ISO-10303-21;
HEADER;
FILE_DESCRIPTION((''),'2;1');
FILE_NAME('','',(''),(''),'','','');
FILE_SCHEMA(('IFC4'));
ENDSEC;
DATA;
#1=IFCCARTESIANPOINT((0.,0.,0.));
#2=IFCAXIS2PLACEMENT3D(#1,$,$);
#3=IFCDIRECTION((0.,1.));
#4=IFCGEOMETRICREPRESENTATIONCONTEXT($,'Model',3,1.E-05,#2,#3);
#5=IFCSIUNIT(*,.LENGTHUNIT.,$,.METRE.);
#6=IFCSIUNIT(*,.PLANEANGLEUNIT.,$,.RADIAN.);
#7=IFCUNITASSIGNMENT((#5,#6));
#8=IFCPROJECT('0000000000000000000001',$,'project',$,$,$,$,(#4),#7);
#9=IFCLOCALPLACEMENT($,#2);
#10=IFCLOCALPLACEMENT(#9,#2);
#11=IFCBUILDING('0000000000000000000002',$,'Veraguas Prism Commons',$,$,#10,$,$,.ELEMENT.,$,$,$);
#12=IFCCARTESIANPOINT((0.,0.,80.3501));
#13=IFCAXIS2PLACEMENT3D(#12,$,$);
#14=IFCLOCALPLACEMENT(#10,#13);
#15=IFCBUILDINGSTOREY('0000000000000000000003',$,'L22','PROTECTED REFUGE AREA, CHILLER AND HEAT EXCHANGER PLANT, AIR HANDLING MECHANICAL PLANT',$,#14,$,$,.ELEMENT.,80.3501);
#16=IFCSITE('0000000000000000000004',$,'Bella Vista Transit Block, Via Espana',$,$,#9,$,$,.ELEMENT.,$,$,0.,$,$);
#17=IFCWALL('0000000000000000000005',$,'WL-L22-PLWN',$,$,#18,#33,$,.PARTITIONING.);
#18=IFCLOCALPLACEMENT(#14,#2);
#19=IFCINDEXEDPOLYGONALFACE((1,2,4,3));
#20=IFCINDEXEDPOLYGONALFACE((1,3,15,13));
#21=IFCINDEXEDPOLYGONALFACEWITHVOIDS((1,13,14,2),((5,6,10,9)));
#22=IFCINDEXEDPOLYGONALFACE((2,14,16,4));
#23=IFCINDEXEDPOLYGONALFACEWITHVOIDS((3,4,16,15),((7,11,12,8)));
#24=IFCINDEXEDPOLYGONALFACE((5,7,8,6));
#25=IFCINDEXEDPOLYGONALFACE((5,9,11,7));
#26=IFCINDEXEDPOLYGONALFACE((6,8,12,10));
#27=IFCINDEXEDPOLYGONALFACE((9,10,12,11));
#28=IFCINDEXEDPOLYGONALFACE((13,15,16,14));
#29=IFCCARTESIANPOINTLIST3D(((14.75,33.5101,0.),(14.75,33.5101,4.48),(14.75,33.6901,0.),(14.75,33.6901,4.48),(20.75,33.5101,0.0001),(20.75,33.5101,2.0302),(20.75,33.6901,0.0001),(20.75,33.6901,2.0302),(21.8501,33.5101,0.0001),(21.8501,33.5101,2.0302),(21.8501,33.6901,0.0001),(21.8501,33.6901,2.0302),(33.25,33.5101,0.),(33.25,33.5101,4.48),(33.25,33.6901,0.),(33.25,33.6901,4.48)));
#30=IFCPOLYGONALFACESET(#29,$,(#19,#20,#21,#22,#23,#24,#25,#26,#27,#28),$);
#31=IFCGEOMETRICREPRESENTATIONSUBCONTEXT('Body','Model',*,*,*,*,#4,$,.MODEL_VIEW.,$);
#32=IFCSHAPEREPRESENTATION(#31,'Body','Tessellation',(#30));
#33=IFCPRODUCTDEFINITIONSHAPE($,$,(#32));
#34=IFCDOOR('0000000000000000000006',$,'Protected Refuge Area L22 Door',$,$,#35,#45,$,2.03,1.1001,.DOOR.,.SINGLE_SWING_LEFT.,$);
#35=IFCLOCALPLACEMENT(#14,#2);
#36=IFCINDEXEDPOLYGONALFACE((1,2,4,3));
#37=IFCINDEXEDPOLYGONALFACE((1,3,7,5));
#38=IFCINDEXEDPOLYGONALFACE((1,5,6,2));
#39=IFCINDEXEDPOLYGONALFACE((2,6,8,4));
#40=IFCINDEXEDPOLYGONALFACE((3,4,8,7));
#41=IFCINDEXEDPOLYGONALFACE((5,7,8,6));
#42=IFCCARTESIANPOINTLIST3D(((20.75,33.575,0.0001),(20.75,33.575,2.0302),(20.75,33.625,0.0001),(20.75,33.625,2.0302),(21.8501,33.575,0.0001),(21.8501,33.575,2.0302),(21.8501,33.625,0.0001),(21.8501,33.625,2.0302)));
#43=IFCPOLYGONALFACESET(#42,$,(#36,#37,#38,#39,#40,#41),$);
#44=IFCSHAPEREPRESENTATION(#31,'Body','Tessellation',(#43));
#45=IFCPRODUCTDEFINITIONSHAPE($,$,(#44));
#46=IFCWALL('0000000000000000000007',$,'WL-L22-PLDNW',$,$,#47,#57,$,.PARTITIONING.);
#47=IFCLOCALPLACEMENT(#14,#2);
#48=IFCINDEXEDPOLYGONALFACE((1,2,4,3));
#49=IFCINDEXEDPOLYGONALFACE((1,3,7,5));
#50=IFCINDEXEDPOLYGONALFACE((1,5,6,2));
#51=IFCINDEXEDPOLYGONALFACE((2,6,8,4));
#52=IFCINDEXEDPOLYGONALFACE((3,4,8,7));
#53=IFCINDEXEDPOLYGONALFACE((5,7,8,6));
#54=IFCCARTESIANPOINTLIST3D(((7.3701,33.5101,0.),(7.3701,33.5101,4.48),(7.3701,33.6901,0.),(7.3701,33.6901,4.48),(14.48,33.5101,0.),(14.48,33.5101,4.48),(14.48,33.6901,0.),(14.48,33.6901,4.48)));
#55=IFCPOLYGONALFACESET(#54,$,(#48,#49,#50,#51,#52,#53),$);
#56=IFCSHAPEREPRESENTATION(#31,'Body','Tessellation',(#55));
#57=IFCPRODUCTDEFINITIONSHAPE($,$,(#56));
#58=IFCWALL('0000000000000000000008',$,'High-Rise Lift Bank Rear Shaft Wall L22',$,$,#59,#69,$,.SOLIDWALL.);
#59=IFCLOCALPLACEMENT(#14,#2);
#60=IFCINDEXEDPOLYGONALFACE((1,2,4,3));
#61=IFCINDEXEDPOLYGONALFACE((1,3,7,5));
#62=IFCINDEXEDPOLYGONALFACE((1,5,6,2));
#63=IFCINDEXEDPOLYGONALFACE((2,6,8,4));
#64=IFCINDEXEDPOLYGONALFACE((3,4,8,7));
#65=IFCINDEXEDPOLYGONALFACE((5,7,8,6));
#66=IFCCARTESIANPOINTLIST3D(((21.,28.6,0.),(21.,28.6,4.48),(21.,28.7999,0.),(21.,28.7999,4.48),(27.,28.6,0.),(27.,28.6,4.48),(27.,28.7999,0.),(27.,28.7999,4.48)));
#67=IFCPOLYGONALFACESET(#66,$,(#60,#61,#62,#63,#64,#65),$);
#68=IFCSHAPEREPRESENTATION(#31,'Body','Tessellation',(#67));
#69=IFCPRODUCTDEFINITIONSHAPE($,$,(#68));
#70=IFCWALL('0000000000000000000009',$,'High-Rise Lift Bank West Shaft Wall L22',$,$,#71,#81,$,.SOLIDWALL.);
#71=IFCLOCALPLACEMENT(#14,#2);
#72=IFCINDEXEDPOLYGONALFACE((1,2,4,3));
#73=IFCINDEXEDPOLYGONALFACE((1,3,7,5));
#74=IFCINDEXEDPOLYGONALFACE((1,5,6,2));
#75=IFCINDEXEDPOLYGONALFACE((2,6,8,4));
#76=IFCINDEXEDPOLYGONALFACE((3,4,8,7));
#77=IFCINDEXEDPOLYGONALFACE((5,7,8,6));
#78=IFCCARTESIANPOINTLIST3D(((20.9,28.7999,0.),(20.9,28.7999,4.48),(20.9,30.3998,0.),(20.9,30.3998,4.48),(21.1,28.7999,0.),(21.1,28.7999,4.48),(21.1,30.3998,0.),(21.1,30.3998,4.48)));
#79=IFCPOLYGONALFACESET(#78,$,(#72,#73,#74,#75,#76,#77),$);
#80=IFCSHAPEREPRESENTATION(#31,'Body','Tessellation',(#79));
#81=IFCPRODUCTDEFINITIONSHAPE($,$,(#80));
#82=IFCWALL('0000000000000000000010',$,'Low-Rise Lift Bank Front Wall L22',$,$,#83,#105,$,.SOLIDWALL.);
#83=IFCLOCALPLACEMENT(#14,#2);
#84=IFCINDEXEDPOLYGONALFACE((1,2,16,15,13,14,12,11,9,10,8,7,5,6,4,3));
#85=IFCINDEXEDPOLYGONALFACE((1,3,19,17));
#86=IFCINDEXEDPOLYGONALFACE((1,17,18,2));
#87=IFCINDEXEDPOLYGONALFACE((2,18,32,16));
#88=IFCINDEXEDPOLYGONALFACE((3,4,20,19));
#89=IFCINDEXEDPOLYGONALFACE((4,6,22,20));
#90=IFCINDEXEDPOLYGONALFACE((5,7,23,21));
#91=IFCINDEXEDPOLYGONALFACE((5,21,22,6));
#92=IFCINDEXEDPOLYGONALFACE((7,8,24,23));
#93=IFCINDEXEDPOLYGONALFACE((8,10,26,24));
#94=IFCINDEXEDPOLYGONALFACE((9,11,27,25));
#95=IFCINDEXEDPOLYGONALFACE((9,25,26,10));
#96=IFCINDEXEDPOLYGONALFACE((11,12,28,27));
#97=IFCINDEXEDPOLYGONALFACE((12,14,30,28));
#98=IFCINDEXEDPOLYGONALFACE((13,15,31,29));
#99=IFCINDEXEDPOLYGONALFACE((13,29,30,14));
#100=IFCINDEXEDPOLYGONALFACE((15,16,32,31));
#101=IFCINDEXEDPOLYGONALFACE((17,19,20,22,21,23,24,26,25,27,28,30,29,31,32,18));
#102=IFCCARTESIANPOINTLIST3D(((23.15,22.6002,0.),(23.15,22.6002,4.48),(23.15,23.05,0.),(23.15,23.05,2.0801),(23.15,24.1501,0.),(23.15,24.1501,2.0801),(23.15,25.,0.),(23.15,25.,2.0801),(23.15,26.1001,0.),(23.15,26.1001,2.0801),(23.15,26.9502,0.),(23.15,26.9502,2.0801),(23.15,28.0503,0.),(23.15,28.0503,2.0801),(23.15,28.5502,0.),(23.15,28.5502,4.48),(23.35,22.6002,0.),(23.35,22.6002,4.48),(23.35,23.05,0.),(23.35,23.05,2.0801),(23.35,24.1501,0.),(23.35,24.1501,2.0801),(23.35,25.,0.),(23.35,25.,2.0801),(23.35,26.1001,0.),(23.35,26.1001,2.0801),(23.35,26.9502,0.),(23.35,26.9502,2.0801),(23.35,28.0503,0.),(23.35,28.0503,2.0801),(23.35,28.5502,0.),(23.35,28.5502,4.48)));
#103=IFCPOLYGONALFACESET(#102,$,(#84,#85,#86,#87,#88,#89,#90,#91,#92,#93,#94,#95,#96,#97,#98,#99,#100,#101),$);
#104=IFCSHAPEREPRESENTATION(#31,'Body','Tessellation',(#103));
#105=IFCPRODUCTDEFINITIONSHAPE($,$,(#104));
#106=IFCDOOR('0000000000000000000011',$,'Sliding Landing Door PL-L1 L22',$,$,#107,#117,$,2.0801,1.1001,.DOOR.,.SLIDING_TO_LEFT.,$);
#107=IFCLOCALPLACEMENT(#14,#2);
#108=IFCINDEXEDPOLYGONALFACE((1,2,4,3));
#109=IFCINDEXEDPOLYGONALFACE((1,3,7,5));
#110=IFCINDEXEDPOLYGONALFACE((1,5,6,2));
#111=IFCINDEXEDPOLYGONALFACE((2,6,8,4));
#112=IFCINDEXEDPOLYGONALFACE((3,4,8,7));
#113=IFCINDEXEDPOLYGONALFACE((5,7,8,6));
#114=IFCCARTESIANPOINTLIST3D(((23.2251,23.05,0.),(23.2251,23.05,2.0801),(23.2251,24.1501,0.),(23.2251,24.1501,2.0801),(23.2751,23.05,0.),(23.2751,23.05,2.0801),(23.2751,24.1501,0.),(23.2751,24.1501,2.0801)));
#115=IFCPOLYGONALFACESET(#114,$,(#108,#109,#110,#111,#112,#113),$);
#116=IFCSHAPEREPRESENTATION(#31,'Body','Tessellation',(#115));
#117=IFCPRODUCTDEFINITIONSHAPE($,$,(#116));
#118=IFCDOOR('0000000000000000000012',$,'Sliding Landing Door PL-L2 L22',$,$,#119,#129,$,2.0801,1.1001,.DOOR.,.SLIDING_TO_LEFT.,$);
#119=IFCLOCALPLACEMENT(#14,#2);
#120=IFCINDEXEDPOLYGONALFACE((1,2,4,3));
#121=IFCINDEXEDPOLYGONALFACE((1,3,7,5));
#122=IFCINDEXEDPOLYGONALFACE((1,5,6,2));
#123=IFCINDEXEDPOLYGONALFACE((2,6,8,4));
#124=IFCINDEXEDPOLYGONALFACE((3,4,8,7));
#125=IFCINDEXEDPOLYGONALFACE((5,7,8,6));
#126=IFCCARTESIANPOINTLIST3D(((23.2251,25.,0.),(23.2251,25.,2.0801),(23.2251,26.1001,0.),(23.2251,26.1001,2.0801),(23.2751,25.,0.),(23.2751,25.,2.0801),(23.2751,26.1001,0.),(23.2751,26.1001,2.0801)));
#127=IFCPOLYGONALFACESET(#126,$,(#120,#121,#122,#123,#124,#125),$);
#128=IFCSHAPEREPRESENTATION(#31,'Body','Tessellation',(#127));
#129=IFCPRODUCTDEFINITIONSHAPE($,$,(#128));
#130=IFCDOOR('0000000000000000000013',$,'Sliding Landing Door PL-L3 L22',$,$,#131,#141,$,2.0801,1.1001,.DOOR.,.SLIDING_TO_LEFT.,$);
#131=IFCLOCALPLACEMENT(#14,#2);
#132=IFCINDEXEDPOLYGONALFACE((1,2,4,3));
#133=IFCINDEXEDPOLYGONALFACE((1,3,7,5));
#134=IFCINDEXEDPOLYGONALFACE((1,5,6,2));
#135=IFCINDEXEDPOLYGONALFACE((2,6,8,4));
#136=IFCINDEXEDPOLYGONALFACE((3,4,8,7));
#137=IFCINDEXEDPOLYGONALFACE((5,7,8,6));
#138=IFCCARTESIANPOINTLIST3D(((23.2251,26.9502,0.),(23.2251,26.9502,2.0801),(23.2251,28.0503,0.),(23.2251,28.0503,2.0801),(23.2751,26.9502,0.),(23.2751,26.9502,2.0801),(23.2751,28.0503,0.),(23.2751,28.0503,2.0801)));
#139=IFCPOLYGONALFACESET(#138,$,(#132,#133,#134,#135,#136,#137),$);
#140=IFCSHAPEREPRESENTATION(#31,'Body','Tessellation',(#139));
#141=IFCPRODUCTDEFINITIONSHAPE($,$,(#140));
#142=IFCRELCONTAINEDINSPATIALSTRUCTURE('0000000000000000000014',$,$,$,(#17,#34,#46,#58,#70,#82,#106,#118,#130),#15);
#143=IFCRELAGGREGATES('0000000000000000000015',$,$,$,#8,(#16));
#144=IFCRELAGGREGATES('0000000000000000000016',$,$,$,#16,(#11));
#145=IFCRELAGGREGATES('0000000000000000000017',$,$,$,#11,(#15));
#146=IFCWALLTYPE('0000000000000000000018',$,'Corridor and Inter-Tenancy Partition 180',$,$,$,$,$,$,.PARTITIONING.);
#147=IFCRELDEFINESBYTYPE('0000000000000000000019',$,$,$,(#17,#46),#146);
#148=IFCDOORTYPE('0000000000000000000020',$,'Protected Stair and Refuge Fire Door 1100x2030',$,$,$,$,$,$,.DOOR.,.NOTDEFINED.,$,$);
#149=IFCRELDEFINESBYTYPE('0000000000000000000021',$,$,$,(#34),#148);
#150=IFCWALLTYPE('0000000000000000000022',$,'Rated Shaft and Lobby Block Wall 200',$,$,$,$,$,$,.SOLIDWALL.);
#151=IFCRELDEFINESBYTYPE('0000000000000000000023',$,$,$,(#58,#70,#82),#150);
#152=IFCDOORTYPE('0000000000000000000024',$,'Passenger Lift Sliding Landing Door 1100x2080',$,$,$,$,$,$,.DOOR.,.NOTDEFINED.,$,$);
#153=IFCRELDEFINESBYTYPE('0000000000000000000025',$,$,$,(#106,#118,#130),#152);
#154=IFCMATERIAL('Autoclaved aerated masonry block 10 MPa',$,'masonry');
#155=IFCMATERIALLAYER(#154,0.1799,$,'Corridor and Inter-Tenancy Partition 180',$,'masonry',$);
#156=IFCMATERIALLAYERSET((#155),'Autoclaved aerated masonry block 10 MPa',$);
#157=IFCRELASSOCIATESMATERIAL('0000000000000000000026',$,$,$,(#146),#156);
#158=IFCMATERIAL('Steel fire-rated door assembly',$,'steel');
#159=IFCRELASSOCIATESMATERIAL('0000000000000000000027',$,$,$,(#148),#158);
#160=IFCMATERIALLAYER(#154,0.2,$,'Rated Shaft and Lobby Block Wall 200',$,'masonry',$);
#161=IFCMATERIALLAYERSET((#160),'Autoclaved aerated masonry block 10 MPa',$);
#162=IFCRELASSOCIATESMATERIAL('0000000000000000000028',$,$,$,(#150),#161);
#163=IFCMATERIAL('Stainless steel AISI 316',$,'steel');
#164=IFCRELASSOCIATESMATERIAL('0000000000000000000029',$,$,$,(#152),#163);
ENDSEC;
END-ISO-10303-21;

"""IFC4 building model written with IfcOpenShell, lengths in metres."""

from ifc_helpers import new_model, si_unit, direction, frame, frame_2d, origin, place, context, subcontext, project, spatial, rectangle, extrude, source, transform, mapped, material, layer, layer_set, type_object, element, fill, save


model = new_model("IFC4")

# Units and contexts
model_context = context("Model", 3, precision=1e-05, world=origin(), true_north=direction((0.0, 1.0)))
body_context = subcontext(model_context, "Body", "Model", "MODEL_VIEW")
ifc_project = project(units=[si_unit("LENGTHUNIT", "METRE"), si_unit("PLANEANGLEUNIT", "RADIAN")], contexts=[model_context])

# Site, building, storey
site_placement = place(None, origin())
site = spatial("IfcSite", under=ifc_project, at=site_placement, Name="Bella Vista Transit Block, Via Espana", CompositionType="ELEMENT", RefElevation=0.0)
building_placement = place(site_placement, origin())
building = spatial("IfcBuilding", under=site, at=building_placement, Name="Veraguas Prism Commons", CompositionType="ELEMENT")
storey_placement = place(building_placement, frame((0.0, 0.0, 80.3501)))
storey = spatial("IfcBuildingStorey", under=building, at=storey_placement, Name="L22", Description="PROTECTED REFUGE AREA, CHILLER AND HEAT EXCHANGER PLANT, AIR HANDLING MECHANICAL PLANT", CompositionType="ELEMENT", Elevation=80.3501)

# Wall, opening, door
ifc_material_1 = material(Name="Autoclaved aerated masonry block 10 MPa", Category="masonry")
ifc_layer_1 = layer(ifc_material_1, 0.1799, Name="Corridor and Inter-Tenancy Partition 180", Category="masonry")
ifc_layer_set_1 = layer_set([ifc_layer_1], Name="Autoclaved aerated masonry block 10 MPa")
wall_type_1 = type_object("IfcWallType", Name="Corridor and Inter-Tenancy Partition 180", PredefinedType="PARTITIONING", material=ifc_layer_set_1)
wall_1_placement = place(storey_placement, frame((14.75, 33.6001, 0.0), z_axis=(0.0, 0.0, 1.0), x_axis=(1.0, 0.0, 0.0)))
wall_1 = element("IfcWall", 1, at=wall_1_placement, inside=storey, type_object=wall_type_1, Name="WL-L22-PLWN", PredefinedType="PARTITIONING", context=body_context, shape_type="SweptSolid", body=[
    extrude(rectangle(XDim=18.5, YDim=0.1799, at=frame_2d((9.25, 0.0))), origin(), (0.0, 0.0, 1.0), 4.48),
])
opening_1_placement = place(wall_1_placement, frame((6.0, 0.0, 0.0)))
opening_1 = element("IfcOpeningElement", 2, at=opening_1_placement, cuts=wall_1, PredefinedType="OPENING", context=body_context, shape_type="SweptSolid", body=[
    extrude(rectangle(XDim=1.1001, YDim=2.03, at=frame_2d((0.55, 1.0151))), frame((0.0, 0.0999, 0.0), z_axis=(0.0, -1.0, 0.0), x_axis=(1.0, 0.0, 0.0)), (0.0, 0.0, 1.0), 0.2),
])
ifc_material_2 = material(Name="Steel fire-rated door assembly", Category="steel")
door_type_1 = type_object("IfcDoorType", Name="Protected Stair and Refuge Fire Door 1100x2030", OperationType="NOTDEFINED", PredefinedType="DOOR", material=ifc_material_2)
shared_shape_1 = source(origin(), body_context, "Body", "SweptSolid", [
    extrude(rectangle(XDim=1.1001, YDim=2.03, at=frame_2d((0.55, 1.0151))), frame((0.0, 0.0249, 0.0), z_axis=(0.0, -1.0, 0.0), x_axis=(1.0, 0.0, 0.0)), (0.0, 0.0, 1.0), 0.05),
])
door_1_placement = place(opening_1_placement, origin())
door_1 = element("IfcDoor", 3, at=door_1_placement, inside=storey, type_object=door_type_1, Name="Protected Refuge Area L22 Door", OperationType="SINGLE_SWING_LEFT", OverallHeight=2.03, OverallWidth=1.1001, PredefinedType="DOOR", context=body_context, shape_type="MappedRepresentation", body=[
    mapped(shared_shape_1, transform((0.0, 0.0, 0.0), scale=1.0)),
])
fill(opening_1, door_1)

# Walls
wall_2_placement = place(storey_placement, frame((7.3701, 33.6001, 0.0), z_axis=(0.0, 0.0, 1.0), x_axis=(1.0, 0.0, 0.0)))
element("IfcWall", 4, at=wall_2_placement, inside=storey, type_object=wall_type_1, Name="WL-L22-PLDNW", PredefinedType="PARTITIONING", context=body_context, shape_type="SweptSolid", body=[
    extrude(rectangle(XDim=7.1099, YDim=0.1799, at=frame_2d((3.5549, 0.0))), origin(), (0.0, 0.0, 1.0), 4.48),
])
ifc_layer_2 = layer(ifc_material_1, 0.2, Name="Rated Shaft and Lobby Block Wall 200", Category="masonry")
ifc_layer_set_2 = layer_set([ifc_layer_2], Name="Autoclaved aerated masonry block 10 MPa")
wall_type_2 = type_object("IfcWallType", Name="Rated Shaft and Lobby Block Wall 200", PredefinedType="SOLIDWALL", material=ifc_layer_set_2)
wall_3_placement = place(storey_placement, frame((21.0, 28.7, 0.0), z_axis=(0.0, 0.0, 1.0), x_axis=(1.0, 0.0, 0.0)))
element("IfcWall", 5, at=wall_3_placement, inside=storey, type_object=wall_type_2, Name="High-Rise Lift Bank Rear Shaft Wall L22", PredefinedType="SOLIDWALL", context=body_context, shape_type="SweptSolid", body=[
    extrude(rectangle(XDim=6.0, YDim=0.2, at=frame_2d((3.0, 0.0))), origin(), (0.0, 0.0, 1.0), 4.48),
])
wall_4_placement = place(storey_placement, frame((21.0, 28.8, 0.0), z_axis=(0.0, 0.0, 1.0), x_axis=(0.0, 1.0, 0.0)))
element("IfcWall", 6, at=wall_4_placement, inside=storey, type_object=wall_type_2, Name="High-Rise Lift Bank West Shaft Wall L22", PredefinedType="SOLIDWALL", context=body_context, shape_type="SweptSolid", body=[
    extrude(rectangle(XDim=1.5999, YDim=0.2, at=frame_2d((0.7998, 0.0))), origin(), (0.0, 0.0, 1.0), 4.48),
])

# Wall, openings, doors
wall_5_placement = place(storey_placement, frame((23.25, 22.6001, 0.0), z_axis=(0.0, 0.0, 1.0), x_axis=(0.0, 1.0, 0.0)))
wall_5 = element("IfcWall", 7, at=wall_5_placement, inside=storey, type_object=wall_type_2, Name="Low-Rise Lift Bank Front Wall L22", PredefinedType="SOLIDWALL", context=body_context, shape_type="SweptSolid", body=[
    extrude(rectangle(XDim=5.95, YDim=0.2, at=frame_2d((2.9751, 0.0))), origin(), (0.0, 0.0, 1.0), 4.48),
])
opening_2_placement = place(wall_5_placement, frame((0.45, 0.0, 0.0)))
opening_2 = element("IfcOpeningElement", 8, at=opening_2_placement, cuts=wall_5, PredefinedType="OPENING", context=body_context, shape_type="SweptSolid", body=[
    extrude(rectangle(XDim=1.1001, YDim=2.0801, at=frame_2d((0.55, 1.04))), frame((0.0, 0.1099, 0.0), z_axis=(0.0, -1.0, 0.0), x_axis=(1.0, 0.0, 0.0)), (0.0, 0.0, 1.0), 0.22),
])
opening_3_placement = place(wall_5_placement, frame((2.3999, 0.0, 0.0)))
opening_3 = element("IfcOpeningElement", 9, at=opening_3_placement, cuts=wall_5, PredefinedType="OPENING", context=body_context, shape_type="SweptSolid", body=[
    extrude(rectangle(XDim=1.1001, YDim=2.0801, at=frame_2d((0.55, 1.04))), frame((0.0, 0.1099, 0.0), z_axis=(0.0, -1.0, 0.0), x_axis=(1.0, 0.0, 0.0)), (0.0, 0.0, 1.0), 0.22),
])
opening_4_placement = place(wall_5_placement, frame((4.3501, 0.0, 0.0)))
opening_4 = element("IfcOpeningElement", 10, at=opening_4_placement, cuts=wall_5, PredefinedType="OPENING", context=body_context, shape_type="SweptSolid", body=[
    extrude(rectangle(XDim=1.1001, YDim=2.0801, at=frame_2d((0.55, 1.04))), frame((0.0, 0.1099, 0.0), z_axis=(0.0, -1.0, 0.0), x_axis=(1.0, 0.0, 0.0)), (0.0, 0.0, 1.0), 0.22),
])
ifc_material_3 = material(Name="Stainless steel AISI 316", Category="steel")
door_type_2 = type_object("IfcDoorType", Name="Passenger Lift Sliding Landing Door 1100x2080", OperationType="NOTDEFINED", PredefinedType="DOOR", material=ifc_material_3)
shared_shape_2 = source(origin(), body_context, "Body", "SweptSolid", [
    extrude(rectangle(XDim=1.1001, YDim=2.0801, at=frame_2d((0.55, 1.04))), frame((0.0, 0.0249, 0.0), z_axis=(0.0, -1.0, 0.0), x_axis=(1.0, 0.0, 0.0)), (0.0, 0.0, 1.0), 0.05),
])
door_2_placement = place(opening_2_placement, origin())
door_2 = element("IfcDoor", 11, at=door_2_placement, inside=storey, type_object=door_type_2, Name="Sliding Landing Door PL-L1 L22", OperationType="SLIDING_TO_LEFT", OverallHeight=2.0801, OverallWidth=1.1001, PredefinedType="DOOR", context=body_context, shape_type="MappedRepresentation", body=[
    mapped(shared_shape_2, transform((0.0, 0.0, 0.0), scale=1.0)),
])
fill(opening_2, door_2)
door_3_placement = place(opening_3_placement, origin())
door_3 = element("IfcDoor", 12, at=door_3_placement, inside=storey, type_object=door_type_2, Name="Sliding Landing Door PL-L2 L22", OperationType="SLIDING_TO_LEFT", OverallHeight=2.0801, OverallWidth=1.1001, PredefinedType="DOOR", context=body_context, shape_type="MappedRepresentation", body=[
    mapped(shared_shape_2, transform((0.0, 0.0, 0.0), scale=1.0)),
])
fill(opening_3, door_3)
door_4_placement = place(opening_4_placement, origin())
door_4 = element("IfcDoor", 13, at=door_4_placement, inside=storey, type_object=door_type_2, Name="Sliding Landing Door PL-L3 L22", OperationType="SLIDING_TO_LEFT", OverallHeight=2.0801, OverallWidth=1.1001, PredefinedType="DOOR", context=body_context, shape_type="MappedRepresentation", body=[
    mapped(shared_shape_2, transform((0.0, 0.0, 0.0), scale=1.0)),
])
fill(opening_4, door_4)

save(model, "model.ifc")
